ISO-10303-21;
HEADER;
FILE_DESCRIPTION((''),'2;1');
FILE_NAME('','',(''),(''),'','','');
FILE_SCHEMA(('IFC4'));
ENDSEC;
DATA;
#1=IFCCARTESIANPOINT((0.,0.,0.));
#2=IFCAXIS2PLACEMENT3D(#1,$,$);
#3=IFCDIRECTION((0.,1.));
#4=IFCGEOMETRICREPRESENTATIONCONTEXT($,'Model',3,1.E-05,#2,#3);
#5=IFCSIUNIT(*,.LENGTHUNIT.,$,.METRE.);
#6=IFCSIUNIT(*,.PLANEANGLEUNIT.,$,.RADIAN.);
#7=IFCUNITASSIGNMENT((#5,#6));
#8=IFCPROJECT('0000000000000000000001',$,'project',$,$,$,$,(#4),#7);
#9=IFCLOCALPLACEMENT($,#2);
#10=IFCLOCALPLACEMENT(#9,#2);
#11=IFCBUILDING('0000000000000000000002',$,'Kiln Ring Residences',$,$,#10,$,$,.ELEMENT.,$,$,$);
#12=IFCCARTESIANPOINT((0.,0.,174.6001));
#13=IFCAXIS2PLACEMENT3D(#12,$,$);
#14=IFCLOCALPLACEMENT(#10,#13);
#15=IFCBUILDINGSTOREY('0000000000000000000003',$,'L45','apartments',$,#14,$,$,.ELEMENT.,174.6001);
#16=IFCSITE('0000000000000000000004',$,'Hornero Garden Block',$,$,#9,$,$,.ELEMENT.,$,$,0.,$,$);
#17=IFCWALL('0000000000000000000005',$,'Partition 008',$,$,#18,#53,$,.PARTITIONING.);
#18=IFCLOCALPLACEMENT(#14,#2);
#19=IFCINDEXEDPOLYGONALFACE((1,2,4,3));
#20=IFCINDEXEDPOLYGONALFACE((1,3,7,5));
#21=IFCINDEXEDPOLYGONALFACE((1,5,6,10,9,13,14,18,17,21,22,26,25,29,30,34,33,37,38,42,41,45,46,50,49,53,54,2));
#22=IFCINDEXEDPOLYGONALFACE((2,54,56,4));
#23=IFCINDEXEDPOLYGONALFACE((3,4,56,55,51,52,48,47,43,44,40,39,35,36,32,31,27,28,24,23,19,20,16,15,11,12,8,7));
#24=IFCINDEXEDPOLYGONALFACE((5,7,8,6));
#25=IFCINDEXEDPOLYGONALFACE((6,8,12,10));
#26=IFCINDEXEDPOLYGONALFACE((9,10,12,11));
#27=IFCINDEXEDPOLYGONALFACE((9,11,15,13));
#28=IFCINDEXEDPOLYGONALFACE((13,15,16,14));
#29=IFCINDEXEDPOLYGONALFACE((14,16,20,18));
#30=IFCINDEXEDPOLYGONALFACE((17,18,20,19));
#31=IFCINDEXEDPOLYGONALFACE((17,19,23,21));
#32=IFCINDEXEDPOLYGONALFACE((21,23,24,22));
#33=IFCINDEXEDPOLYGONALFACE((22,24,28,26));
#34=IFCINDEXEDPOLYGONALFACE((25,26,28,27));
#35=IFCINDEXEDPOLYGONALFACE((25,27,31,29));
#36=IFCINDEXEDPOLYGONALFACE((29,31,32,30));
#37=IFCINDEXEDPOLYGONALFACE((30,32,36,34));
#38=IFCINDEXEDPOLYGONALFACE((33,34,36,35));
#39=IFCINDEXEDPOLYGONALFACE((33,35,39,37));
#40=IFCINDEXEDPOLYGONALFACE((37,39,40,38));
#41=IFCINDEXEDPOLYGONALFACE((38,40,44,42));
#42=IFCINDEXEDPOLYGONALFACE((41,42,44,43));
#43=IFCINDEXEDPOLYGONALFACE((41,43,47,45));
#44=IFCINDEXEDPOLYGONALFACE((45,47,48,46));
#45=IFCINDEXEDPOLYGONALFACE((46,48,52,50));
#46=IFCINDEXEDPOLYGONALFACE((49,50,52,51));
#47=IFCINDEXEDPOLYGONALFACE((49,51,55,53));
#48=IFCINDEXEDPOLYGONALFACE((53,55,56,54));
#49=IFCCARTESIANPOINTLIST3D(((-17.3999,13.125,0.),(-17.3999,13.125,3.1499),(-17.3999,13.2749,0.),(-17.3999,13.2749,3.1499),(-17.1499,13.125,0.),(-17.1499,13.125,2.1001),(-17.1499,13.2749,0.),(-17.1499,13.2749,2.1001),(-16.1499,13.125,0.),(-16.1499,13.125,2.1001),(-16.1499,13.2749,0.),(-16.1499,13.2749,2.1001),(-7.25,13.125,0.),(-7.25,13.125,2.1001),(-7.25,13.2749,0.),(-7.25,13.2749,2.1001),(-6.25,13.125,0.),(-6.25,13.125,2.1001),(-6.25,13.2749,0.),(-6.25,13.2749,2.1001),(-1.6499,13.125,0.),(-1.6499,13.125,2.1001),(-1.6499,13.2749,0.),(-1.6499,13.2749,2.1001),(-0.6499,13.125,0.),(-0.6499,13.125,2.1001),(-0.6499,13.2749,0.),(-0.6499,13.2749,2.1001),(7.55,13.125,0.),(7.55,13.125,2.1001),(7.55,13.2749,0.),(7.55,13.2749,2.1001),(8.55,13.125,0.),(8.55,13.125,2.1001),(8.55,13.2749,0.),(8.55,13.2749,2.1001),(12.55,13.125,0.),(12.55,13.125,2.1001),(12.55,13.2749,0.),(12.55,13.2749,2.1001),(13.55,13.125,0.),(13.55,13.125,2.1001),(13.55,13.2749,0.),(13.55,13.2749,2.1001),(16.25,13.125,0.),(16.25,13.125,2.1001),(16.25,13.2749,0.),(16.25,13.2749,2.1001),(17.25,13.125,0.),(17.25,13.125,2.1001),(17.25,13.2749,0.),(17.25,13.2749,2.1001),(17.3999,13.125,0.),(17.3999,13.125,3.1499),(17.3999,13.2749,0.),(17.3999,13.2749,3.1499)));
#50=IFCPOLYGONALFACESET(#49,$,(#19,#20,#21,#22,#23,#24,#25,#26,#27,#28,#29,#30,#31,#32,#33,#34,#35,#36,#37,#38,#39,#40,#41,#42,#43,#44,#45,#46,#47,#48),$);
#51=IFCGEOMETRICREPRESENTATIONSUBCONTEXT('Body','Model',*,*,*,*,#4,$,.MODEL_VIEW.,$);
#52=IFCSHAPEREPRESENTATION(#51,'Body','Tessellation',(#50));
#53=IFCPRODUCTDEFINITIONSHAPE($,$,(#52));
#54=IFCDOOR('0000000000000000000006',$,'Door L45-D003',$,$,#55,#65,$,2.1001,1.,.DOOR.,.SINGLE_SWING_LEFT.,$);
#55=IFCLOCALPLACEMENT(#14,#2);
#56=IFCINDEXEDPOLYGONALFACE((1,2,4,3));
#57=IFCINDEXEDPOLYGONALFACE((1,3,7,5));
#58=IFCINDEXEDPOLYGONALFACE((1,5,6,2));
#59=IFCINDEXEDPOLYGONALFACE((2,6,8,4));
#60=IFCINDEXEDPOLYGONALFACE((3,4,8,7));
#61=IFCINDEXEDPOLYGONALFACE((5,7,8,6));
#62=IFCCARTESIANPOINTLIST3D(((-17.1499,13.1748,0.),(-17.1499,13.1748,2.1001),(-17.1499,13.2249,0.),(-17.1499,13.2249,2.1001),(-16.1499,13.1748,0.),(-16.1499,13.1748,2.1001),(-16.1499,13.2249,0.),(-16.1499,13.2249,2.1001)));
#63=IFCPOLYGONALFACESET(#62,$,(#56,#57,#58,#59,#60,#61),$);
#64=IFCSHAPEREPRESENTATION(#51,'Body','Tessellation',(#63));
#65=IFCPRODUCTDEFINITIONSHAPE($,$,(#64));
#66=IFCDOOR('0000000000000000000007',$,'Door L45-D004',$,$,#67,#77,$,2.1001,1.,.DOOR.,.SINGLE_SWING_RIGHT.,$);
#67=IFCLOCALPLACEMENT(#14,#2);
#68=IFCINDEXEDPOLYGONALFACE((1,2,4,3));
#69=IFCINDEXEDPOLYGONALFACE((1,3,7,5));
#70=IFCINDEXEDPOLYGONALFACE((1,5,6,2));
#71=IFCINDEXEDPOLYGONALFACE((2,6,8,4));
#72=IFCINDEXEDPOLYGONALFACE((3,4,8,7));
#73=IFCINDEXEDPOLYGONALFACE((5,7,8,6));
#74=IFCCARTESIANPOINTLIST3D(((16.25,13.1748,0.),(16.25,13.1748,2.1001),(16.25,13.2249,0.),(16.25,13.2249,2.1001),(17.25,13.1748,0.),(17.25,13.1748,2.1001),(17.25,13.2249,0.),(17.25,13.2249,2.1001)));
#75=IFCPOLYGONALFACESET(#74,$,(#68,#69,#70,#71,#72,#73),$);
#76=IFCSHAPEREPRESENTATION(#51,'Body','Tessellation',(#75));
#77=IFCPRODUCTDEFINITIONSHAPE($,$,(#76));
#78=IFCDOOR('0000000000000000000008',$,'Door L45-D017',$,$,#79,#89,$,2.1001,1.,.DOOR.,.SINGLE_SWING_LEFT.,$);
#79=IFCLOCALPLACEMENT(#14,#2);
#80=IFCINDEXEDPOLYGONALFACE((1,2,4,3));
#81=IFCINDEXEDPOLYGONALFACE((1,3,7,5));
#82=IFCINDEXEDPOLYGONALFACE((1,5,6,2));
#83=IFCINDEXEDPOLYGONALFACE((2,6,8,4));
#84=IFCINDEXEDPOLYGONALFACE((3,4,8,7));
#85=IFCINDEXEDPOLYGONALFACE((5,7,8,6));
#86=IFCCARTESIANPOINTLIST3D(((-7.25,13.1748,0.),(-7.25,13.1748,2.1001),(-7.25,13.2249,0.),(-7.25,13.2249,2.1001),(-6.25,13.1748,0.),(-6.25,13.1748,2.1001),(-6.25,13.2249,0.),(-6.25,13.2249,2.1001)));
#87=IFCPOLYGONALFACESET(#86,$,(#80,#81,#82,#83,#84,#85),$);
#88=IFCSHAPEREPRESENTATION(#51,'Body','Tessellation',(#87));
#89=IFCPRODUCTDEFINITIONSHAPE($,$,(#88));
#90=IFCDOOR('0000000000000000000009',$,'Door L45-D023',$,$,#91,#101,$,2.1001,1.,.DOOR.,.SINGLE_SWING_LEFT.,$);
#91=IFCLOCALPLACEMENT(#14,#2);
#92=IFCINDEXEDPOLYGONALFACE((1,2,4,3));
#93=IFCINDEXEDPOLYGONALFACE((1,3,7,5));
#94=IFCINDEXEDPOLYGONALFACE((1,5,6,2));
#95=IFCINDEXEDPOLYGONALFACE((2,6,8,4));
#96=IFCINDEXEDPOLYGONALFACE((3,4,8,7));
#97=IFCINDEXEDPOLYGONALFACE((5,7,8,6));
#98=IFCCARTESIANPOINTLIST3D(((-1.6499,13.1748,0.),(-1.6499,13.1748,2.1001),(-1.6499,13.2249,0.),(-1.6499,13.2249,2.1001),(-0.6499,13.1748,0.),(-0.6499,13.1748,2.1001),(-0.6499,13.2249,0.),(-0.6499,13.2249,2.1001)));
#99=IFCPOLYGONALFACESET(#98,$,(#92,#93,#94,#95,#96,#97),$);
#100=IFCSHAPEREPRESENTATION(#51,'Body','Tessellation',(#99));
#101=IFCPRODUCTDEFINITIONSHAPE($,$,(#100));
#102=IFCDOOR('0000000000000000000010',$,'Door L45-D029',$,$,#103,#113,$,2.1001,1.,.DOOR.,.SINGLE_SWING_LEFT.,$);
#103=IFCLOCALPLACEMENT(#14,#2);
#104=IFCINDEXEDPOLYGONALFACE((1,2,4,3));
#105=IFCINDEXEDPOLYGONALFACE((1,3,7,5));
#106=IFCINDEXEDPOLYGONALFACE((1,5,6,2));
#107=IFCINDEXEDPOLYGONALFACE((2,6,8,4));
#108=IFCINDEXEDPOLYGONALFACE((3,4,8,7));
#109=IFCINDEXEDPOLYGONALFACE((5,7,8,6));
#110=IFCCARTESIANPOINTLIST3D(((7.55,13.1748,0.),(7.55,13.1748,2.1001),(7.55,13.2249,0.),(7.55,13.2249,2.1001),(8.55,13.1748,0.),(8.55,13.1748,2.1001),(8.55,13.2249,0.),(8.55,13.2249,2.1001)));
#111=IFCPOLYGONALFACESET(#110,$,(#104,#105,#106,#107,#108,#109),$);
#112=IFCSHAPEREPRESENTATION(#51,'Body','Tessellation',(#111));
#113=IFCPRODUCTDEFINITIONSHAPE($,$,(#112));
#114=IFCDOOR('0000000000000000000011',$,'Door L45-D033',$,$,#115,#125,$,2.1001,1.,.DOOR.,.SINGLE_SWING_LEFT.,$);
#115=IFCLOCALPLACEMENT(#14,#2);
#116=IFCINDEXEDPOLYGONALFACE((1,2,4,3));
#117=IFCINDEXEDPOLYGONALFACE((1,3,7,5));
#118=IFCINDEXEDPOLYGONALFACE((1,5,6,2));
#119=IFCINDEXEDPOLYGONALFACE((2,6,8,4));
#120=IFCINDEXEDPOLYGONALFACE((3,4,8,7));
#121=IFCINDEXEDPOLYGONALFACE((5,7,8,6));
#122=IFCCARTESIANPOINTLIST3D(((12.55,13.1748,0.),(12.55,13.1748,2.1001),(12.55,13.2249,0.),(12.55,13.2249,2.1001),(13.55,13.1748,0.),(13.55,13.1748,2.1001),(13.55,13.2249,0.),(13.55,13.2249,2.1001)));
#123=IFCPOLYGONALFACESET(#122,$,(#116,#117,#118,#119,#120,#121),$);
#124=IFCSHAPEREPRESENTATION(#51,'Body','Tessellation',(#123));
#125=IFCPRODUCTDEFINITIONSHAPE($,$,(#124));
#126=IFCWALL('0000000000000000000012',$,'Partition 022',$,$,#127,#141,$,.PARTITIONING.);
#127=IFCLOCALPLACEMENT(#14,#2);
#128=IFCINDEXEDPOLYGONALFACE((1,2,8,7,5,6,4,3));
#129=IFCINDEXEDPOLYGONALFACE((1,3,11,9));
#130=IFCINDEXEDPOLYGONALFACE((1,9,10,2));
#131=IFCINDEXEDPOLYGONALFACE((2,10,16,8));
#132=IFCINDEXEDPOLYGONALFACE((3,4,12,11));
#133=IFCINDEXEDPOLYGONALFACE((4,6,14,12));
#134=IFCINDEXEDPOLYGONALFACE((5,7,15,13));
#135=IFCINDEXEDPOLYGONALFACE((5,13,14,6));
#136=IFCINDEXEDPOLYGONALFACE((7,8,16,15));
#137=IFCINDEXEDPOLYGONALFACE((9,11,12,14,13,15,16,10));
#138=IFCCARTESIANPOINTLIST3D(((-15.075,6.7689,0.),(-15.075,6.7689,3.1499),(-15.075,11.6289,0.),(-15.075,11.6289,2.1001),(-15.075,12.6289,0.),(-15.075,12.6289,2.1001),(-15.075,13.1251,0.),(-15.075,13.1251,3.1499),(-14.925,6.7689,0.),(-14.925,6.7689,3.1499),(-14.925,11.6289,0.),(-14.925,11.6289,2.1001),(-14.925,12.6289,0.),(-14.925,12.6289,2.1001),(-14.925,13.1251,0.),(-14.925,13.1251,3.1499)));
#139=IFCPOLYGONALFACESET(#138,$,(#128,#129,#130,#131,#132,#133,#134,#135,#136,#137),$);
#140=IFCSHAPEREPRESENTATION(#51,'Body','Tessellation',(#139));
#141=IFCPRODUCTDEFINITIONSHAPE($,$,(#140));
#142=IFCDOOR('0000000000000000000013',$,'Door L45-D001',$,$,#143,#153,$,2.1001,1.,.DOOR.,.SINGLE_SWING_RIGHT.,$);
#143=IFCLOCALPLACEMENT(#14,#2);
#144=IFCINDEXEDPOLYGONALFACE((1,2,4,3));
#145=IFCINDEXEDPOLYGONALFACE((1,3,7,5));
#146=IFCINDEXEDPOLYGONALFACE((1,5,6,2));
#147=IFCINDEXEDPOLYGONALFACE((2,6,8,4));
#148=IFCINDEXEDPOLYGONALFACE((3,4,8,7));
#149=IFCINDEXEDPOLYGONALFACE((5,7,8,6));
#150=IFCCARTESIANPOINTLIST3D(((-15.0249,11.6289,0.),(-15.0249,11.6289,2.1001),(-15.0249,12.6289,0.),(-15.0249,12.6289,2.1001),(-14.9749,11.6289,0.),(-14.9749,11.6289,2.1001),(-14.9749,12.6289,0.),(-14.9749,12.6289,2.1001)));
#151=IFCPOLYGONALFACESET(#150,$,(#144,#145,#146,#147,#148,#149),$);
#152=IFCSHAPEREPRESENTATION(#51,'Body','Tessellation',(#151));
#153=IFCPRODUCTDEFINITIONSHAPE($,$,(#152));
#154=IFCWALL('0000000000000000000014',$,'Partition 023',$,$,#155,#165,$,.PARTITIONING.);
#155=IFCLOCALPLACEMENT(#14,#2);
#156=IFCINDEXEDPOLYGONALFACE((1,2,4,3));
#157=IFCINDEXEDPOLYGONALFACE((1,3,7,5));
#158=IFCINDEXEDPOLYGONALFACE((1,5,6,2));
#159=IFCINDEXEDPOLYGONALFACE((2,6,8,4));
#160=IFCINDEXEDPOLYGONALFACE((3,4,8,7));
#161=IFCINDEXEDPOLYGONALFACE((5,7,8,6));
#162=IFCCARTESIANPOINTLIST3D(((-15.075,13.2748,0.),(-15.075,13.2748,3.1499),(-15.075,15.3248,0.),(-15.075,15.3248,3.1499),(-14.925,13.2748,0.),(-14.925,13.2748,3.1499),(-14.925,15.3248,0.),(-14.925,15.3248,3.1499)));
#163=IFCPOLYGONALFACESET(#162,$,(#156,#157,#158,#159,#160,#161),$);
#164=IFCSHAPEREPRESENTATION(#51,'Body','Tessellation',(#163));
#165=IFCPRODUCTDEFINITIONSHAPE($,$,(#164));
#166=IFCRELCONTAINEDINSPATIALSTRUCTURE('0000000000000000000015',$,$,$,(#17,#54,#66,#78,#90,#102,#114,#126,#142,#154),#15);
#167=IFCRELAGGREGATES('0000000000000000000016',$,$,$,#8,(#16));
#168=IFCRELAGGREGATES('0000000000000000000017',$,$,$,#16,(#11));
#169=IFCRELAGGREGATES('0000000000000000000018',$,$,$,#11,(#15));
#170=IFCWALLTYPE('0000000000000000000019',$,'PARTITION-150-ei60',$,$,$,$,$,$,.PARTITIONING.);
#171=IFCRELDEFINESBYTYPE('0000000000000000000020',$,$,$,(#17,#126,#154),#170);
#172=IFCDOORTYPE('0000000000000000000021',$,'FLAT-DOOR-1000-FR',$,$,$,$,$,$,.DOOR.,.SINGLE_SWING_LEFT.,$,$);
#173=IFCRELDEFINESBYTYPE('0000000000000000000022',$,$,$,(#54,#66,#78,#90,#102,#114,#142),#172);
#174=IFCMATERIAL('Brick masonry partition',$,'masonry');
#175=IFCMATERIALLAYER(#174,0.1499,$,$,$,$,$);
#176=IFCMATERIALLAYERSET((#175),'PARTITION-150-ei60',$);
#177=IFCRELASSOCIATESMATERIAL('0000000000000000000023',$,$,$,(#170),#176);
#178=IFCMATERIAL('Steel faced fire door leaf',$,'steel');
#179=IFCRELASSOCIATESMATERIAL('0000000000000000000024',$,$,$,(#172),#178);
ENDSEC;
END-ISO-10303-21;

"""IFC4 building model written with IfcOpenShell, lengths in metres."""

from ifc_helpers import new_model, si_unit, direction, frame, frame_2d, origin, place, context, subcontext, project, spatial, rectangle, extrude, material, layer, layer_set, type_object, element, fill, save


model = new_model("IFC4")

# Units and contexts
model_context = context("Model", 3, precision=1e-05, world=origin(), true_north=direction((0.0, 1.0)))
body_context = subcontext(model_context, "Body", "Model", "MODEL_VIEW")
ifc_project = project(units=[si_unit("LENGTHUNIT", "METRE"), si_unit("PLANEANGLEUNIT", "RADIAN")], contexts=[model_context])

# Site, building, storey
site_placement = place(None, origin())
site = spatial("IfcSite", under=ifc_project, at=site_placement, Name="Hornero Garden Block", CompositionType="ELEMENT", RefElevation=0.0)
building_placement = place(site_placement, origin())
building = spatial("IfcBuilding", under=site, at=building_placement, Name="Kiln Ring Residences", CompositionType="ELEMENT")
storey_placement = place(building_placement, frame((0.0, 0.0, 174.6001)))
storey = spatial("IfcBuildingStorey", under=building, at=storey_placement, Name="L45", Description="apartments", CompositionType="ELEMENT", Elevation=174.6001)

# Wall, openings, doors
ifc_material_1 = material(Name="Brick masonry partition", Category="masonry")
ifc_layer_1 = layer(ifc_material_1, 0.1499)
ifc_layer_set_1 = layer_set([ifc_layer_1], Name="PARTITION-150-ei60")
wall_type_1 = type_object("IfcWallType", Name="PARTITION-150-ei60", PredefinedType="PARTITIONING", material=ifc_layer_set_1)
ifc_material_2 = material(Name="Steel faced fire door leaf", Category="steel")
door_type_1 = type_object("IfcDoorType", Name="FLAT-DOOR-1000-FR", OperationType="SINGLE_SWING_LEFT", PredefinedType="DOOR", material=ifc_material_2)
wall_1_placement = place(storey_placement, frame((-17.3999, 13.2, 0.0), z_axis=(0.0, 0.0, 1.0), x_axis=(1.0, 0.0, 0.0)))
wall_1 = element("IfcWall", 1, at=wall_1_placement, inside=storey, type_object=wall_type_1, Name="Partition 008", PredefinedType="PARTITIONING", context=body_context, shape_type="SweptSolid", body=[
    extrude(rectangle(XDim=34.7998, YDim=0.1499, at=frame_2d((17.3999, 0.0))), origin(), (0.0, 0.0, 1.0), 3.1499),
])
opening_1_placement = place(wall_1_placement, frame((0.25, 0.0, 0.0)))
opening_1 = element("IfcOpeningElement", 2, at=opening_1_placement, cuts=wall_1, PredefinedType="OPENING", context=body_context, shape_type="SweptSolid", body=[
    extrude(rectangle(XDim=1.0, YDim=2.1001, at=frame_2d((0.5, 1.05))), frame((0.0, 0.085, 0.0), z_axis=(0.0, -1.0, 0.0), x_axis=(1.0, 0.0, 0.0)), (0.0, 0.0, 1.0), 0.1699),
])
opening_2_placement = place(wall_1_placement, frame((33.6499, 0.0, 0.0)))
opening_2 = element("IfcOpeningElement", 3, at=opening_2_placement, cuts=wall_1, PredefinedType="OPENING", context=body_context, shape_type="SweptSolid", body=[
    extrude(rectangle(XDim=1.0, YDim=2.1001, at=frame_2d((0.5, 1.05))), frame((0.0, 0.085, 0.0), z_axis=(0.0, -1.0, 0.0), x_axis=(1.0, 0.0, 0.0)), (0.0, 0.0, 1.0), 0.1699),
])
opening_3_placement = place(wall_1_placement, frame((10.1499, 0.0, 0.0)))
opening_3 = element("IfcOpeningElement", 4, at=opening_3_placement, cuts=wall_1, PredefinedType="OPENING", context=body_context, shape_type="SweptSolid", body=[
    extrude(rectangle(XDim=1.0, YDim=2.1001, at=frame_2d((0.5, 1.05))), frame((0.0, 0.085, 0.0), z_axis=(0.0, -1.0, 0.0), x_axis=(1.0, 0.0, 0.0)), (0.0, 0.0, 1.0), 0.1699),
])
opening_4_placement = place(wall_1_placement, frame((15.75, 0.0, 0.0)))
opening_4 = element("IfcOpeningElement", 5, at=opening_4_placement, cuts=wall_1, PredefinedType="OPENING", context=body_context, shape_type="SweptSolid", body=[
    extrude(rectangle(XDim=1.0, YDim=2.1001, at=frame_2d((0.5, 1.05))), frame((0.0, 0.085, 0.0), z_axis=(0.0, -1.0, 0.0), x_axis=(1.0, 0.0, 0.0)), (0.0, 0.0, 1.0), 0.1699),
])
opening_5_placement = place(wall_1_placement, frame((24.95, 0.0, 0.0)))
opening_5 = element("IfcOpeningElement", 6, at=opening_5_placement, cuts=wall_1, PredefinedType="OPENING", context=body_context, shape_type="SweptSolid", body=[
    extrude(rectangle(XDim=1.0, YDim=2.1001, at=frame_2d((0.5, 1.05))), frame((0.0, 0.085, 0.0), z_axis=(0.0, -1.0, 0.0), x_axis=(1.0, 0.0, 0.0)), (0.0, 0.0, 1.0), 0.1699),
])
opening_6_placement = place(wall_1_placement, frame((29.95, 0.0, 0.0)))
opening_6 = element("IfcOpeningElement", 7, at=opening_6_placement, cuts=wall_1, PredefinedType="OPENING", context=body_context, shape_type="SweptSolid", body=[
    extrude(rectangle(XDim=1.0, YDim=2.1001, at=frame_2d((0.5, 1.05))), frame((0.0, 0.085, 0.0), z_axis=(0.0, -1.0, 0.0), x_axis=(1.0, 0.0, 0.0)), (0.0, 0.0, 1.0), 0.1699),
])
door_1_placement = place(opening_1_placement, origin())
door_1 = element("IfcDoor", 8, at=door_1_placement, inside=storey, type_object=door_type_1, Name="Door L45-D003", OperationType="SINGLE_SWING_LEFT", OverallHeight=2.1001, OverallWidth=1.0, PredefinedType="DOOR", context=body_context, shape_type="SweptSolid", body=[
    extrude(rectangle(XDim=1.0, YDim=2.1001, at=frame_2d((0.5, 1.05))), frame((0.0, 0.0249, 0.0), z_axis=(0.0, -1.0, 0.0), x_axis=(1.0, 0.0, 0.0)), (0.0, 0.0, 1.0), 0.05),
])
fill(opening_1, door_1)
door_2_placement = place(opening_2_placement, origin())
door_2 = element("IfcDoor", 9, at=door_2_placement, inside=storey, type_object=door_type_1, Name="Door L45-D004", OperationType="SINGLE_SWING_RIGHT", OverallHeight=2.1001, OverallWidth=1.0, PredefinedType="DOOR", context=body_context, shape_type="SweptSolid", body=[
    extrude(rectangle(XDim=1.0, YDim=2.1001, at=frame_2d((0.5, 1.05))), frame((0.0, 0.0249, 0.0), z_axis=(0.0, -1.0, 0.0), x_axis=(1.0, 0.0, 0.0)), (0.0, 0.0, 1.0), 0.05),
])
fill(opening_2, door_2)
door_3_placement = place(opening_3_placement, origin())
door_3 = element("IfcDoor", 10, at=door_3_placement, inside=storey, type_object=door_type_1, Name="Door L45-D017", OperationType="SINGLE_SWING_LEFT", OverallHeight=2.1001, OverallWidth=1.0, PredefinedType="DOOR", context=body_context, shape_type="SweptSolid", body=[
    extrude(rectangle(XDim=1.0, YDim=2.1001, at=frame_2d((0.5, 1.05))), frame((0.0, 0.0249, 0.0), z_axis=(0.0, -1.0, 0.0), x_axis=(1.0, 0.0, 0.0)), (0.0, 0.0, 1.0), 0.05),
])
fill(opening_3, door_3)
door_4_placement = place(opening_4_placement, origin())
door_4 = element("IfcDoor", 11, at=door_4_placement, inside=storey, type_object=door_type_1, Name="Door L45-D023", OperationType="SINGLE_SWING_LEFT", OverallHeight=2.1001, OverallWidth=1.0, PredefinedType="DOOR", context=body_context, shape_type="SweptSolid", body=[
    extrude(rectangle(XDim=1.0, YDim=2.1001, at=frame_2d((0.5, 1.05))), frame((0.0, 0.0249, 0.0), z_axis=(0.0, -1.0, 0.0), x_axis=(1.0, 0.0, 0.0)), (0.0, 0.0, 1.0), 0.05),
])
fill(opening_4, door_4)
door_5_placement = place(opening_5_placement, origin())
door_5 = element("IfcDoor", 12, at=door_5_placement, inside=storey, type_object=door_type_1, Name="Door L45-D029", OperationType="SINGLE_SWING_LEFT", OverallHeight=2.1001, OverallWidth=1.0, PredefinedType="DOOR", context=body_context, shape_type="SweptSolid", body=[
    extrude(rectangle(XDim=1.0, YDim=2.1001, at=frame_2d((0.5, 1.05))), frame((0.0, 0.0249, 0.0), z_axis=(0.0, -1.0, 0.0), x_axis=(1.0, 0.0, 0.0)), (0.0, 0.0, 1.0), 0.05),
])
fill(opening_5, door_5)
door_6_placement = place(opening_6_placement, origin())
door_6 = element("IfcDoor", 13, at=door_6_placement, inside=storey, type_object=door_type_1, Name="Door L45-D033", OperationType="SINGLE_SWING_LEFT", OverallHeight=2.1001, OverallWidth=1.0, PredefinedType="DOOR", context=body_context, shape_type="SweptSolid", body=[
    extrude(rectangle(XDim=1.0, YDim=2.1001, at=frame_2d((0.5, 1.05))), frame((0.0, 0.0249, 0.0), z_axis=(0.0, -1.0, 0.0), x_axis=(1.0, 0.0, 0.0)), (0.0, 0.0, 1.0), 0.05),
])
fill(opening_6, door_6)

# Wall, opening, door
wall_2_placement = place(storey_placement, frame((-15.0, 6.7688, 0.0), z_axis=(0.0, 0.0, 1.0), x_axis=(0.0, 1.0, 0.0)))
wall_2 = element("IfcWall", 14, at=wall_2_placement, inside=storey, type_object=wall_type_1, Name="Partition 022", PredefinedType="PARTITIONING", context=body_context, shape_type="SweptSolid", body=[
    extrude(rectangle(XDim=6.3562, YDim=0.1499, at=frame_2d((3.1782, 0.0))), origin(), (0.0, 0.0, 1.0), 3.1499),
])
opening_7_placement = place(wall_2_placement, frame((4.8601, 0.0, 0.0)))
opening_7 = element("IfcOpeningElement", 15, at=opening_7_placement, cuts=wall_2, PredefinedType="OPENING", context=body_context, shape_type="SweptSolid", body=[
    extrude(rectangle(XDim=1.0, YDim=2.1001, at=frame_2d((0.5, 1.05))), frame((0.0, 0.085, 0.0), z_axis=(0.0, -1.0, 0.0), x_axis=(1.0, 0.0, 0.0)), (0.0, 0.0, 1.0), 0.1699),
])
door_7_placement = place(opening_7_placement, origin())
door_7 = element("IfcDoor", 16, at=door_7_placement, inside=storey, type_object=door_type_1, Name="Door L45-D001", OperationType="SINGLE_SWING_RIGHT", OverallHeight=2.1001, OverallWidth=1.0, PredefinedType="DOOR", context=body_context, shape_type="SweptSolid", body=[
    extrude(rectangle(XDim=1.0, YDim=2.1001, at=frame_2d((0.5, 1.05))), frame((0.0, 0.0249, 0.0), z_axis=(0.0, -1.0, 0.0), x_axis=(1.0, 0.0, 0.0)), (0.0, 0.0, 1.0), 0.05),
])
fill(opening_7, door_7)

# Wall
wall_3_placement = place(storey_placement, frame((-15.0, 13.2749, 0.0), z_axis=(0.0, 0.0, 1.0), x_axis=(0.0, 1.0, 0.0)))
element("IfcWall", 17, at=wall_3_placement, inside=storey, type_object=wall_type_1, Name="Partition 023", PredefinedType="PARTITIONING", context=body_context, shape_type="SweptSolid", body=[
    extrude(rectangle(XDim=2.05, YDim=0.1499, at=frame_2d((1.0249, 0.0))), origin(), (0.0, 0.0, 1.0), 3.1499),
])

save(model, "model.ifc")
